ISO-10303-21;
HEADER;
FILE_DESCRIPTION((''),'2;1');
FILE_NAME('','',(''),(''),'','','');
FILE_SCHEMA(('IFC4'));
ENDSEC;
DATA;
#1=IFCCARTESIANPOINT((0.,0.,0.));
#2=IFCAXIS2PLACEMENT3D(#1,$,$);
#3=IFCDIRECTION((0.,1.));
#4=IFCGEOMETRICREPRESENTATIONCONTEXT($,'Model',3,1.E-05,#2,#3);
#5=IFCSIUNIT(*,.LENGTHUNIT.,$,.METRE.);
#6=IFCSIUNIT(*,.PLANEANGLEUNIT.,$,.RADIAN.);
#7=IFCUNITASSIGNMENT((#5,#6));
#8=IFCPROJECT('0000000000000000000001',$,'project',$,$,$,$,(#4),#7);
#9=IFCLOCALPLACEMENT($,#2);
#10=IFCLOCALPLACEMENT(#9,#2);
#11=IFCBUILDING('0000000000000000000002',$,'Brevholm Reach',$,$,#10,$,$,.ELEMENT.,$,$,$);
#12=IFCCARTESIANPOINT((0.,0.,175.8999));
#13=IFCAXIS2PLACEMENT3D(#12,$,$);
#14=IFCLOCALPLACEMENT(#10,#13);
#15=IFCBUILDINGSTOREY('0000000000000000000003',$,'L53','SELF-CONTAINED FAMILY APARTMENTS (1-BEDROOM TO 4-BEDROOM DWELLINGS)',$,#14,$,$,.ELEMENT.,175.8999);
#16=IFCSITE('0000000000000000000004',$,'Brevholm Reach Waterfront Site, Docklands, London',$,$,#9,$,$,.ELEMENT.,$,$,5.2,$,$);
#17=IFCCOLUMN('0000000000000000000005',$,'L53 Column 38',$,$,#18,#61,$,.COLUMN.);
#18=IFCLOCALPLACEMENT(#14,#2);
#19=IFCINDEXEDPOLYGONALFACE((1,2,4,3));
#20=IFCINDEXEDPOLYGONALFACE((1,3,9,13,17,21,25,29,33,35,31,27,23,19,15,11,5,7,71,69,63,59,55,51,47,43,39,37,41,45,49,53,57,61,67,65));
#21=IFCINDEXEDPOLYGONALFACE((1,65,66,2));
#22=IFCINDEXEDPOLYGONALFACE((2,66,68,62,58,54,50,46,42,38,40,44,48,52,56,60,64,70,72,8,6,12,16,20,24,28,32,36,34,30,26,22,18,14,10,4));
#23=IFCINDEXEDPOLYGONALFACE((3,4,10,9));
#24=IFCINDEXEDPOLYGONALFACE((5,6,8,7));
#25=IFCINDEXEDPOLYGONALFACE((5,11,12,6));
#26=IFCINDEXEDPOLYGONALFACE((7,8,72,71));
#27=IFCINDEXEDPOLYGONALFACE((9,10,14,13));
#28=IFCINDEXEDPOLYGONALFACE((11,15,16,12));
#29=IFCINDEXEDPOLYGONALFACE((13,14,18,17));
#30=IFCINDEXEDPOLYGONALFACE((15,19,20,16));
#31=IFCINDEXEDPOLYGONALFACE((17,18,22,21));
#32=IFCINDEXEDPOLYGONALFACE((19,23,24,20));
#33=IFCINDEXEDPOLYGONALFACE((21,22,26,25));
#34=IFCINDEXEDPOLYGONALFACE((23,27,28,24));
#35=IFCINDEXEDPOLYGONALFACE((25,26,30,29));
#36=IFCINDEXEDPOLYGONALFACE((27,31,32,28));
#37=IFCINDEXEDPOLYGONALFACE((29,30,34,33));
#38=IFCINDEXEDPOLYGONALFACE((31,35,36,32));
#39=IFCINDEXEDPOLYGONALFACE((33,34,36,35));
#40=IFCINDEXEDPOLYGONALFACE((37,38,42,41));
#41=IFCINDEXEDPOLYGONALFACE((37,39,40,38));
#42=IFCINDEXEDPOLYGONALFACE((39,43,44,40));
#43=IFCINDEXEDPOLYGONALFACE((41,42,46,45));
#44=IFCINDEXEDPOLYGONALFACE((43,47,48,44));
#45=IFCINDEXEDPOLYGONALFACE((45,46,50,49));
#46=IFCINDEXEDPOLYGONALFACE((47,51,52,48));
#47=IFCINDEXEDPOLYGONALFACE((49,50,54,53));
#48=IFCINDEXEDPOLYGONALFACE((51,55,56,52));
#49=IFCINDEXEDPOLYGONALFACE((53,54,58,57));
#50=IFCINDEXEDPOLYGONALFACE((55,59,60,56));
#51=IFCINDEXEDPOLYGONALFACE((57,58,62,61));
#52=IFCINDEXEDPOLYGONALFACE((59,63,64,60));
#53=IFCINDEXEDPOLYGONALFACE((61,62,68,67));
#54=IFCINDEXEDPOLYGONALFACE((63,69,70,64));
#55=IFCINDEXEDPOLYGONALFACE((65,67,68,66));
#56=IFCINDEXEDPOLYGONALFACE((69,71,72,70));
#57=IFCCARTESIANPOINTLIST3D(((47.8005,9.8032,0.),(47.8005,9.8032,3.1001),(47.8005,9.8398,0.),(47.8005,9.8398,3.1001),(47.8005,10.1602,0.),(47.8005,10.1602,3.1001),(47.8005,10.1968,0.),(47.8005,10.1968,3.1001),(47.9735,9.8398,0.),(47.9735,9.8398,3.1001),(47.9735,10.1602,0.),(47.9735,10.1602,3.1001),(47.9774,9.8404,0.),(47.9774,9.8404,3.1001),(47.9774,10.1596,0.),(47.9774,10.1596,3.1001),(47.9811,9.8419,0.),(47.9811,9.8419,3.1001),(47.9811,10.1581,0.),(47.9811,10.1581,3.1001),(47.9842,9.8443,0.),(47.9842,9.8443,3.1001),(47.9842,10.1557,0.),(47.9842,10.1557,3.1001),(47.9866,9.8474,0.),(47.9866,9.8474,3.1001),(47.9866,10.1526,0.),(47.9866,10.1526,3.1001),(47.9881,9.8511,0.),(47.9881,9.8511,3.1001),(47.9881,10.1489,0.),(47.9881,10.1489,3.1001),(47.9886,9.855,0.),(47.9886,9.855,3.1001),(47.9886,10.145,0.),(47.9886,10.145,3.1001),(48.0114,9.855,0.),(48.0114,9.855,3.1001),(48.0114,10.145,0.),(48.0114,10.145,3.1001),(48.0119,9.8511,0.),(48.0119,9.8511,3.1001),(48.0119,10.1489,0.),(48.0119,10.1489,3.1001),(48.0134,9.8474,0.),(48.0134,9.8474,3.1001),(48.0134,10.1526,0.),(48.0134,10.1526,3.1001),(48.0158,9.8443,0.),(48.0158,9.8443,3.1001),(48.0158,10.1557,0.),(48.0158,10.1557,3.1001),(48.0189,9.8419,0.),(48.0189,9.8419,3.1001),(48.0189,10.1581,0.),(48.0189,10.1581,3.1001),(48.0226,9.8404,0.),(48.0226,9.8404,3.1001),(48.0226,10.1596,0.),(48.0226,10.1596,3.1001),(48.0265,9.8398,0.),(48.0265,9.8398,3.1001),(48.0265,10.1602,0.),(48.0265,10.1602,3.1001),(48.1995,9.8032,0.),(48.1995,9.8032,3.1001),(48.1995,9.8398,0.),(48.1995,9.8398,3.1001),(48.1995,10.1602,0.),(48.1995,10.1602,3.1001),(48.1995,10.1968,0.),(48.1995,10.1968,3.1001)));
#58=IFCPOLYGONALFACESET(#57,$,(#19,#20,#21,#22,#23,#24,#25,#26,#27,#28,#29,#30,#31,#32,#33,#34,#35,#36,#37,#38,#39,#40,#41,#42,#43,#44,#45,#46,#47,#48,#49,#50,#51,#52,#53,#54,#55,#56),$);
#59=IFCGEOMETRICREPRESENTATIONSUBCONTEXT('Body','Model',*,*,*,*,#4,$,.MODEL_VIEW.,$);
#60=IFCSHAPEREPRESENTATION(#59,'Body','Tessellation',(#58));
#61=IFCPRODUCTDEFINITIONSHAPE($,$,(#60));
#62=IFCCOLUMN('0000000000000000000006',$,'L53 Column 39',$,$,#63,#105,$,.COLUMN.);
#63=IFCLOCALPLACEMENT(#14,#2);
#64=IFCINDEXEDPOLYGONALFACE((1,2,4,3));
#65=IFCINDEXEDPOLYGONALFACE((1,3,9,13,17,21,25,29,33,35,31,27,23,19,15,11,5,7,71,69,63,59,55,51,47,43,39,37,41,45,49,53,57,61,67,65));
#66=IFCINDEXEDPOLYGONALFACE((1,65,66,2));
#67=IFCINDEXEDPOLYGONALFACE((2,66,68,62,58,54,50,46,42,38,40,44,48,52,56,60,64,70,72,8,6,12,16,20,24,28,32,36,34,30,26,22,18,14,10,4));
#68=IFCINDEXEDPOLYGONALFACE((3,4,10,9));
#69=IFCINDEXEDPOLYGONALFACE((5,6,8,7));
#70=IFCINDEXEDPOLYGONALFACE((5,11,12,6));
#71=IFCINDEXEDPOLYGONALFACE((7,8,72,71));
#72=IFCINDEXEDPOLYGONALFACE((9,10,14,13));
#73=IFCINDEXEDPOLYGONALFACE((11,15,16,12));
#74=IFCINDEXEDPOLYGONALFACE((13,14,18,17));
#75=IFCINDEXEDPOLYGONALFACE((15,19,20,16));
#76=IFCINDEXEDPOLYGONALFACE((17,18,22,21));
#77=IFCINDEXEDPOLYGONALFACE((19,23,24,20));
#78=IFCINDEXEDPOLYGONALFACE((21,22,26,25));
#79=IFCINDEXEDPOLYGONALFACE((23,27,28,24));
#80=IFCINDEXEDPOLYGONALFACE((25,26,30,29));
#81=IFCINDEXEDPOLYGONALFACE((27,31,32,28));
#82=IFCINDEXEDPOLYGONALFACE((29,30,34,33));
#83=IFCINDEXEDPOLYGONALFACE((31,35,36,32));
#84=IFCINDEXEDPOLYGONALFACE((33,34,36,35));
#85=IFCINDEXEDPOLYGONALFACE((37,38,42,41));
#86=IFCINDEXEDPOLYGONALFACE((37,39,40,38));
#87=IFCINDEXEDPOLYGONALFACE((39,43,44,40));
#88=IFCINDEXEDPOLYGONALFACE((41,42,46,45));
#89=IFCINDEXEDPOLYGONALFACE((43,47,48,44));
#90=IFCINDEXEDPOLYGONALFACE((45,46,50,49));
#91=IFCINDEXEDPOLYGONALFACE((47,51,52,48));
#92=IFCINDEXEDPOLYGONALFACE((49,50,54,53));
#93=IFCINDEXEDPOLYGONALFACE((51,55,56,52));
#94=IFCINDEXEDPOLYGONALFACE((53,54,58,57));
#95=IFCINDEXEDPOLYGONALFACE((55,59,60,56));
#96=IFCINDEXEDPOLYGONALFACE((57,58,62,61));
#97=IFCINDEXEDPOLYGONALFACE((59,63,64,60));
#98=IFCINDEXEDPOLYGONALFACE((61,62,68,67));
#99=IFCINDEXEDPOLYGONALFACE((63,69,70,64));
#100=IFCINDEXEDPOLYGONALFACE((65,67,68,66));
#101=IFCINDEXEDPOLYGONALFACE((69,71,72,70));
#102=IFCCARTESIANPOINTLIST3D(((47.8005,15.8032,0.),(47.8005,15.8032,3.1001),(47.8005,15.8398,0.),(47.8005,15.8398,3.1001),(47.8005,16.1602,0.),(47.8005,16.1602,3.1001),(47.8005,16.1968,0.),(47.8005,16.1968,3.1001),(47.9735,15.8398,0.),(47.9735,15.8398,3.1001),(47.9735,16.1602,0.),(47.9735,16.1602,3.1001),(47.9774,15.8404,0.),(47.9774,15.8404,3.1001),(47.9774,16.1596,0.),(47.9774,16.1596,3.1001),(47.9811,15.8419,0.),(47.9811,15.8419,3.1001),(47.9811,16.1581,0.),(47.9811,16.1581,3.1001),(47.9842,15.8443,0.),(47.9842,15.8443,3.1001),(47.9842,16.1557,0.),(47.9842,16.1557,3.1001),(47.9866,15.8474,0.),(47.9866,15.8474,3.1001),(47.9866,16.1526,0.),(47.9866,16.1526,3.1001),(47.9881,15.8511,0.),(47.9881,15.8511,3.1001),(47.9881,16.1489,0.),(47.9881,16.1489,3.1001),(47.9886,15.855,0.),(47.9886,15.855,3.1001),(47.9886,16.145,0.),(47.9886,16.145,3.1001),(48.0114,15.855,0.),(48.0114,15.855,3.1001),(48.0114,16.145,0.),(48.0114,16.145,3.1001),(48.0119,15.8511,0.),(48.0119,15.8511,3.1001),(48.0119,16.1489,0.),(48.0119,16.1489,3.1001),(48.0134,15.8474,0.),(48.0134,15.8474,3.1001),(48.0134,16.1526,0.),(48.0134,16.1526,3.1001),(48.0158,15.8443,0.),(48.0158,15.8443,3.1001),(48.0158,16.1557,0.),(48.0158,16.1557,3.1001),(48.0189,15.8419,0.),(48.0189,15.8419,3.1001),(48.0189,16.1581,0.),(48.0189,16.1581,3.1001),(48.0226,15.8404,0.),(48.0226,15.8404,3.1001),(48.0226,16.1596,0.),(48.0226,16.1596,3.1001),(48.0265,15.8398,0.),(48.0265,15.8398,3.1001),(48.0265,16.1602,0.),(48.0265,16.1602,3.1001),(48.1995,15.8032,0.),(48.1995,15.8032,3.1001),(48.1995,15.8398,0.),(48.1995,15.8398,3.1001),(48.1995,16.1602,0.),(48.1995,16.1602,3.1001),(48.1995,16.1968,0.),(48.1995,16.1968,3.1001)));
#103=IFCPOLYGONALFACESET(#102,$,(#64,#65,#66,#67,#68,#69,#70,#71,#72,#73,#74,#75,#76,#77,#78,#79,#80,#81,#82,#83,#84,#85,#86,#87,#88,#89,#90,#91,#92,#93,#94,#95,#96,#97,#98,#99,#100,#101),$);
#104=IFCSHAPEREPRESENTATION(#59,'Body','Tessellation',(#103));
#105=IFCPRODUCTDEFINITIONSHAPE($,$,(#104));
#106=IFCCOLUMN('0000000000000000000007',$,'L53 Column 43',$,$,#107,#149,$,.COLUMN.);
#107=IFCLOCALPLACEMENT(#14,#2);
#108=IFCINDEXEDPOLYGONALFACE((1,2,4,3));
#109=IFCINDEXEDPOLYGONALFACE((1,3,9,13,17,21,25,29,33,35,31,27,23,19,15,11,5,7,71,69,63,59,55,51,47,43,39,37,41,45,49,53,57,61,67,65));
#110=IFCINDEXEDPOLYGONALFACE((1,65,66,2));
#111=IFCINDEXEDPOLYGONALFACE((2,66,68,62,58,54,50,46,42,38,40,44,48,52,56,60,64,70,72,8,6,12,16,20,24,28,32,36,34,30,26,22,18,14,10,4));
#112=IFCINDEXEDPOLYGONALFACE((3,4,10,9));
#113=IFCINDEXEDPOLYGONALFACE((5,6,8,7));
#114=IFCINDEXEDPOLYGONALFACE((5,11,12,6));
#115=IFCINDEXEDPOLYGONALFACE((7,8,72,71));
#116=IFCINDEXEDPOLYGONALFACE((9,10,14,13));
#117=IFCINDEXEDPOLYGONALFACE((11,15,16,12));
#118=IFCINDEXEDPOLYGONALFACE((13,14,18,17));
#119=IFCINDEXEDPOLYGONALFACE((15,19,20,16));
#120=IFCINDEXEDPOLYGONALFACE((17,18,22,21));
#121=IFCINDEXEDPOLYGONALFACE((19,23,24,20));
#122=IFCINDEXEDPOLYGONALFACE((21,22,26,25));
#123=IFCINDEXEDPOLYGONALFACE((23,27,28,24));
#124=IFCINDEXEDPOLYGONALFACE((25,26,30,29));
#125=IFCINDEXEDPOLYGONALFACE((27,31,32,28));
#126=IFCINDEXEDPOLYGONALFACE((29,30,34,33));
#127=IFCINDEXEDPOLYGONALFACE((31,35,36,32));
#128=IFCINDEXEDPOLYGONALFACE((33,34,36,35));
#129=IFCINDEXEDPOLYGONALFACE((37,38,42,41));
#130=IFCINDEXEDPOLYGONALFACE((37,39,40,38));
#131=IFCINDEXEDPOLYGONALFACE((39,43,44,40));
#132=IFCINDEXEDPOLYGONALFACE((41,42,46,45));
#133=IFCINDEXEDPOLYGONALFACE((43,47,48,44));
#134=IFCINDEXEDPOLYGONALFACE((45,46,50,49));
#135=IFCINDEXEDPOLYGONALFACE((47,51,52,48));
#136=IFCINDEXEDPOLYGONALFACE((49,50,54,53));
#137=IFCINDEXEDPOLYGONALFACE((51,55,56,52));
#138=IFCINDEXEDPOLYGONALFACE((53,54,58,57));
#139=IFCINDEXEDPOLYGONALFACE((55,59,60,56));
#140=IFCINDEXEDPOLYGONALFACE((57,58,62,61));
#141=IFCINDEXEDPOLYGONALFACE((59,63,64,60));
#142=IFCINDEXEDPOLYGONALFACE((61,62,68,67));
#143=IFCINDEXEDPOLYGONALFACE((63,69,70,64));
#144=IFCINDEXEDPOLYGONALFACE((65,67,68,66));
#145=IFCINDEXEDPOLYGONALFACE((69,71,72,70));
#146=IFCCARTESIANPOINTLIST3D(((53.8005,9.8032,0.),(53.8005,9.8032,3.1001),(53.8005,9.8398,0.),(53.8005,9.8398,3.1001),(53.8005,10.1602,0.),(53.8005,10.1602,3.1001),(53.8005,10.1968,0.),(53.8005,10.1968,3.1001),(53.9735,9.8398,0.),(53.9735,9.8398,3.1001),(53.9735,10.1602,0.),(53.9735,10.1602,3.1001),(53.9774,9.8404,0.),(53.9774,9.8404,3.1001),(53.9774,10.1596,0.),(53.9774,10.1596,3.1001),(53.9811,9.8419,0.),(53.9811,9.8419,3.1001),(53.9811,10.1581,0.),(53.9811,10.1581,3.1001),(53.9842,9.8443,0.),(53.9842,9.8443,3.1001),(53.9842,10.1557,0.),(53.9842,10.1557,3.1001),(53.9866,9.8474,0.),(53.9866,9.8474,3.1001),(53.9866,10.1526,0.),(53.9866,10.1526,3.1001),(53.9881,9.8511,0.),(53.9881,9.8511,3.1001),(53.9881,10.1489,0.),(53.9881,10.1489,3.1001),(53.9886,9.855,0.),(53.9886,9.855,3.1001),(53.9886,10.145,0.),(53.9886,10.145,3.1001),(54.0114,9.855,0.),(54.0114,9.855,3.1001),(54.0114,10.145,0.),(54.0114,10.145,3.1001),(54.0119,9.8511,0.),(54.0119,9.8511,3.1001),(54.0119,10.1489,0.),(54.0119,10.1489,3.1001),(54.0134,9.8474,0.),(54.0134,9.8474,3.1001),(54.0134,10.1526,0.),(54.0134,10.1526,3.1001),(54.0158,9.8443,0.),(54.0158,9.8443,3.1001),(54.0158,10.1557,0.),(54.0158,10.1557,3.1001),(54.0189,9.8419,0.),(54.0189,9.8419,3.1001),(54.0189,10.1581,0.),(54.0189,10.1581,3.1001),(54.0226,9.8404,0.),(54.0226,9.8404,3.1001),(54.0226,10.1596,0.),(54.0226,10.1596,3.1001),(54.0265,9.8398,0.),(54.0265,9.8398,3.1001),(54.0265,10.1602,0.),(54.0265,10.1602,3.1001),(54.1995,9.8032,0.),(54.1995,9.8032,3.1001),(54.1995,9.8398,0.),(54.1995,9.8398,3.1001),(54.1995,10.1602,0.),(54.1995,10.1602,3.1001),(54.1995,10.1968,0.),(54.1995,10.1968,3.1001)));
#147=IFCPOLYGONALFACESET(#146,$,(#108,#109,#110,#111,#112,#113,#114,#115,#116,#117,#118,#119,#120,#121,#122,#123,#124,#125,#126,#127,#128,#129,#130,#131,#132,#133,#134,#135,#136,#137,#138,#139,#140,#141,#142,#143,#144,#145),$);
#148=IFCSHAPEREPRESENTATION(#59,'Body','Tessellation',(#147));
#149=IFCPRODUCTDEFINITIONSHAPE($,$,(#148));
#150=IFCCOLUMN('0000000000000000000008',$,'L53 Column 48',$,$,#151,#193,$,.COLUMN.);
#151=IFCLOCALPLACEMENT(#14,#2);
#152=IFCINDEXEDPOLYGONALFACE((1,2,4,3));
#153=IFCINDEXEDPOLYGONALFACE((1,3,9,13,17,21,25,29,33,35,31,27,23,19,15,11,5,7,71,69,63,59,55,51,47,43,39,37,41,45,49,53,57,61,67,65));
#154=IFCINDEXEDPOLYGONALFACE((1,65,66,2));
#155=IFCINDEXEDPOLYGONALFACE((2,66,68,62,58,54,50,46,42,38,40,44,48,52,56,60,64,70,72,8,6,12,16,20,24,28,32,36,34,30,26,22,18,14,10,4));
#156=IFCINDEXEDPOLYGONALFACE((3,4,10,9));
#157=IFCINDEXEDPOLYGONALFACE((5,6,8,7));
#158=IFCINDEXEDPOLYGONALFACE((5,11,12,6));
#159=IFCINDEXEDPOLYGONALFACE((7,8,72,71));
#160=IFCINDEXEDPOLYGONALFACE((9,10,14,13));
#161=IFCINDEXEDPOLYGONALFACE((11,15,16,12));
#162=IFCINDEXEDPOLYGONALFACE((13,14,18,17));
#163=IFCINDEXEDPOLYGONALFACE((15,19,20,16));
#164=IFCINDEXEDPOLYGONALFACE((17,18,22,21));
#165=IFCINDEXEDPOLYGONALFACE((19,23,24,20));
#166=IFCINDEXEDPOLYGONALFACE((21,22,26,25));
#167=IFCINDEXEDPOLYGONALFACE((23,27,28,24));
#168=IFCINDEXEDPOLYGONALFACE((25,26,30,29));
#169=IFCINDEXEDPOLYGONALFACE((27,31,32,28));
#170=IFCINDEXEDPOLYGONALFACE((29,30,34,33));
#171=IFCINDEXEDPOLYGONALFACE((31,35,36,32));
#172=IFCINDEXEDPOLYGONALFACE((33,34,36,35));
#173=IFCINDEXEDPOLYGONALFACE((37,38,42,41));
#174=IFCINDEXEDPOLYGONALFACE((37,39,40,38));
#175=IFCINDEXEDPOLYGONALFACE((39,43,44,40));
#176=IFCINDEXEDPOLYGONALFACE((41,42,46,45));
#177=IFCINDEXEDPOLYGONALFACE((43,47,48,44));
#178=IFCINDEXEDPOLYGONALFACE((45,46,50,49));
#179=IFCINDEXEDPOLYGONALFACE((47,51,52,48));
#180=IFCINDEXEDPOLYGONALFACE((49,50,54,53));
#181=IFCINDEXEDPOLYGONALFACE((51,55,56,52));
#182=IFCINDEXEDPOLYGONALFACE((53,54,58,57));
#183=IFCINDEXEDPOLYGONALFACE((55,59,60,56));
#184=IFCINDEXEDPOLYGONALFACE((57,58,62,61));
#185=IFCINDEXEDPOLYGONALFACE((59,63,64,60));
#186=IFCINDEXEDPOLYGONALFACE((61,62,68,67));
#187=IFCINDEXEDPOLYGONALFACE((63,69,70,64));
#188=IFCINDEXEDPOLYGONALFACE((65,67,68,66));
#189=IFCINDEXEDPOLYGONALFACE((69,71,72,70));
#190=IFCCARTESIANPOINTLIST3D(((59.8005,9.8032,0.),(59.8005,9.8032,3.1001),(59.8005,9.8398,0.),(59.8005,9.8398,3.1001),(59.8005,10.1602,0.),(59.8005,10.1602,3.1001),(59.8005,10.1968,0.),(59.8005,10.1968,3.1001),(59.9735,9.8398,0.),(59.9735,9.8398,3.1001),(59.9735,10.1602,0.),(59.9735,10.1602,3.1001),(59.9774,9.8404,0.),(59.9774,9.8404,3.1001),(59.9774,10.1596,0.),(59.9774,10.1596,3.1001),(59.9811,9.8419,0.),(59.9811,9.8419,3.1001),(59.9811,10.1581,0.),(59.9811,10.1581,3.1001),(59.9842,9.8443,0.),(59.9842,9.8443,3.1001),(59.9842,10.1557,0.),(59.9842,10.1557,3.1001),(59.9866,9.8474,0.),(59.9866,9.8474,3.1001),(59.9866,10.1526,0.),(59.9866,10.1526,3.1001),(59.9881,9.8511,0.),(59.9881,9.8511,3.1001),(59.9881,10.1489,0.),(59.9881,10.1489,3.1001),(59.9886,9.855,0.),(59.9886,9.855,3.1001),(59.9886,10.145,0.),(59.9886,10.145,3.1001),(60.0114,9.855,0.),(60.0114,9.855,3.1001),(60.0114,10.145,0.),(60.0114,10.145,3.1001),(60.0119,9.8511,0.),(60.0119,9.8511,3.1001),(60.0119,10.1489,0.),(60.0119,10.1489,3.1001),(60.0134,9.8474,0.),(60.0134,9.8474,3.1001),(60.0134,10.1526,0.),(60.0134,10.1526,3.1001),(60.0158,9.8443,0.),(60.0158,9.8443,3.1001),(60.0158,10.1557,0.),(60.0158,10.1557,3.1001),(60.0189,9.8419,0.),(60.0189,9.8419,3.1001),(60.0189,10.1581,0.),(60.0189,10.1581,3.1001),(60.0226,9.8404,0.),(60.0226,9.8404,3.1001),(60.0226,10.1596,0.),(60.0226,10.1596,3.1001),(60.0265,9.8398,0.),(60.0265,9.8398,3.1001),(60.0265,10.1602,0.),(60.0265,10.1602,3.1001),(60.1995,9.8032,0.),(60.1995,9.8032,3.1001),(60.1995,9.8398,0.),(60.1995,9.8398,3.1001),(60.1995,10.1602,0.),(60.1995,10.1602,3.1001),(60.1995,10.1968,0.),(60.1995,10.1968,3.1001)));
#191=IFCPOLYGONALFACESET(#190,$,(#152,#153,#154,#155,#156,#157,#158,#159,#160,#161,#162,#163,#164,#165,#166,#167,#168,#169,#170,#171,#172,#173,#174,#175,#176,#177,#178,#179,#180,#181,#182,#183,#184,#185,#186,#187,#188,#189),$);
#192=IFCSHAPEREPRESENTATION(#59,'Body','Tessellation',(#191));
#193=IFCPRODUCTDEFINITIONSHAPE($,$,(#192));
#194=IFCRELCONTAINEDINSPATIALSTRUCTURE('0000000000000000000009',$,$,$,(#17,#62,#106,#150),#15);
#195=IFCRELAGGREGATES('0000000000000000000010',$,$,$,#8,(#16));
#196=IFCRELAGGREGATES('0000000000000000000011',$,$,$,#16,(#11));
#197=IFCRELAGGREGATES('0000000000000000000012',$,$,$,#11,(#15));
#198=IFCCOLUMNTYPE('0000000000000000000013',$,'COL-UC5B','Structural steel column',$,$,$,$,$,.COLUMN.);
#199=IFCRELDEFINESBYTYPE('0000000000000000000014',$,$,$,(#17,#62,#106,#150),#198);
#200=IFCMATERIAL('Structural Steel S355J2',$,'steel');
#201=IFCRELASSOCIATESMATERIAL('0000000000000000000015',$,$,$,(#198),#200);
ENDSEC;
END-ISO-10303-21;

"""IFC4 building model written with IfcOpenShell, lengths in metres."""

from ifc_helpers import new_model, si_unit, direction, frame, origin, origin_2d, place, context, subcontext, project, spatial, i_section, extrude, material, material_profile, profile_set, type_object, element, save


model = new_model("IFC4")

# Units and contexts
model_context = context("Model", 3, precision=1e-05, world=origin(), true_north=direction((0.0, 1.0)))
body_context = subcontext(model_context, "Body", "Model", "MODEL_VIEW")
ifc_project = project(units=[si_unit("LENGTHUNIT", "METRE"), si_unit("PLANEANGLEUNIT", "RADIAN")], contexts=[model_context])

# Site, building, storey
site_placement = place(None, origin())
site = spatial("IfcSite", under=ifc_project, at=site_placement, Name="Brevholm Reach Waterfront Site, Docklands, London", CompositionType="ELEMENT", RefElevation=5.2)
building_placement = place(site_placement, origin())
building = spatial("IfcBuilding", under=site, at=building_placement, Name="Brevholm Reach", CompositionType="ELEMENT")
storey_placement = place(building_placement, frame((0.0, 0.0, 175.8999)))
storey = spatial("IfcBuildingStorey", under=building, at=storey_placement, Name="L53", Description="SELF-CONTAINED FAMILY APARTMENTS (1-BEDROOM TO 4-BEDROOM DWELLINGS)", CompositionType="ELEMENT", Elevation=175.8999)

# Columns
ifc_material_1 = material(Name="Structural Steel S355J2", Category="steel")
ifc_material_profile_1 = material_profile(ifc_material_1, i_section(OverallWidth=0.3989, OverallDepth=0.3936, WebThickness=0.0227, FlangeThickness=0.0366, FilletRadius=0.0151, at=origin_2d()), Name="UKC 356x406x287")
ifc_profile_set_1 = profile_set([ifc_material_profile_1], Name="Structural Steel S355J2")
column_type = type_object("IfcColumnType", Name="COL-UC5B", Description="Structural steel column", PredefinedType="COLUMN", material=ifc_profile_set_1)
for number, where, z_axis, x_axis, name in (
    (1, (48.0, 10.0, 0.0), (0.0, 0.0, 1.0), (1.0, 0.0, 0.0), "L53 Column 38"),
    (2, (48.0, 16.0, 0.0), (0.0, 0.0, 1.0), (1.0, 0.0, 0.0), "L53 Column 39"),
    (3, (54.0, 10.0, 0.0), (0.0, 0.0, 1.0), (1.0, 0.0, 0.0), "L53 Column 43"),
    (4, (60.0, 10.0, 0.0), (0.0, 0.0, 1.0), (1.0, 0.0, 0.0), "L53 Column 48"),
):
    element("IfcColumn", number, at=place(storey_placement, frame(where, z_axis=z_axis, x_axis=x_axis)), inside=storey, type_object=column_type, Name=name, PredefinedType="COLUMN", context=body_context, shape_type="SweptSolid", body=[
        extrude(i_section(OverallWidth=0.3989, OverallDepth=0.3936, WebThickness=0.0227, FlangeThickness=0.0366, FilletRadius=0.0151, at=origin_2d()), origin(), (0.0, 0.0, 1.0), 3.1001),
    ])

save(model, "model.ifc")
